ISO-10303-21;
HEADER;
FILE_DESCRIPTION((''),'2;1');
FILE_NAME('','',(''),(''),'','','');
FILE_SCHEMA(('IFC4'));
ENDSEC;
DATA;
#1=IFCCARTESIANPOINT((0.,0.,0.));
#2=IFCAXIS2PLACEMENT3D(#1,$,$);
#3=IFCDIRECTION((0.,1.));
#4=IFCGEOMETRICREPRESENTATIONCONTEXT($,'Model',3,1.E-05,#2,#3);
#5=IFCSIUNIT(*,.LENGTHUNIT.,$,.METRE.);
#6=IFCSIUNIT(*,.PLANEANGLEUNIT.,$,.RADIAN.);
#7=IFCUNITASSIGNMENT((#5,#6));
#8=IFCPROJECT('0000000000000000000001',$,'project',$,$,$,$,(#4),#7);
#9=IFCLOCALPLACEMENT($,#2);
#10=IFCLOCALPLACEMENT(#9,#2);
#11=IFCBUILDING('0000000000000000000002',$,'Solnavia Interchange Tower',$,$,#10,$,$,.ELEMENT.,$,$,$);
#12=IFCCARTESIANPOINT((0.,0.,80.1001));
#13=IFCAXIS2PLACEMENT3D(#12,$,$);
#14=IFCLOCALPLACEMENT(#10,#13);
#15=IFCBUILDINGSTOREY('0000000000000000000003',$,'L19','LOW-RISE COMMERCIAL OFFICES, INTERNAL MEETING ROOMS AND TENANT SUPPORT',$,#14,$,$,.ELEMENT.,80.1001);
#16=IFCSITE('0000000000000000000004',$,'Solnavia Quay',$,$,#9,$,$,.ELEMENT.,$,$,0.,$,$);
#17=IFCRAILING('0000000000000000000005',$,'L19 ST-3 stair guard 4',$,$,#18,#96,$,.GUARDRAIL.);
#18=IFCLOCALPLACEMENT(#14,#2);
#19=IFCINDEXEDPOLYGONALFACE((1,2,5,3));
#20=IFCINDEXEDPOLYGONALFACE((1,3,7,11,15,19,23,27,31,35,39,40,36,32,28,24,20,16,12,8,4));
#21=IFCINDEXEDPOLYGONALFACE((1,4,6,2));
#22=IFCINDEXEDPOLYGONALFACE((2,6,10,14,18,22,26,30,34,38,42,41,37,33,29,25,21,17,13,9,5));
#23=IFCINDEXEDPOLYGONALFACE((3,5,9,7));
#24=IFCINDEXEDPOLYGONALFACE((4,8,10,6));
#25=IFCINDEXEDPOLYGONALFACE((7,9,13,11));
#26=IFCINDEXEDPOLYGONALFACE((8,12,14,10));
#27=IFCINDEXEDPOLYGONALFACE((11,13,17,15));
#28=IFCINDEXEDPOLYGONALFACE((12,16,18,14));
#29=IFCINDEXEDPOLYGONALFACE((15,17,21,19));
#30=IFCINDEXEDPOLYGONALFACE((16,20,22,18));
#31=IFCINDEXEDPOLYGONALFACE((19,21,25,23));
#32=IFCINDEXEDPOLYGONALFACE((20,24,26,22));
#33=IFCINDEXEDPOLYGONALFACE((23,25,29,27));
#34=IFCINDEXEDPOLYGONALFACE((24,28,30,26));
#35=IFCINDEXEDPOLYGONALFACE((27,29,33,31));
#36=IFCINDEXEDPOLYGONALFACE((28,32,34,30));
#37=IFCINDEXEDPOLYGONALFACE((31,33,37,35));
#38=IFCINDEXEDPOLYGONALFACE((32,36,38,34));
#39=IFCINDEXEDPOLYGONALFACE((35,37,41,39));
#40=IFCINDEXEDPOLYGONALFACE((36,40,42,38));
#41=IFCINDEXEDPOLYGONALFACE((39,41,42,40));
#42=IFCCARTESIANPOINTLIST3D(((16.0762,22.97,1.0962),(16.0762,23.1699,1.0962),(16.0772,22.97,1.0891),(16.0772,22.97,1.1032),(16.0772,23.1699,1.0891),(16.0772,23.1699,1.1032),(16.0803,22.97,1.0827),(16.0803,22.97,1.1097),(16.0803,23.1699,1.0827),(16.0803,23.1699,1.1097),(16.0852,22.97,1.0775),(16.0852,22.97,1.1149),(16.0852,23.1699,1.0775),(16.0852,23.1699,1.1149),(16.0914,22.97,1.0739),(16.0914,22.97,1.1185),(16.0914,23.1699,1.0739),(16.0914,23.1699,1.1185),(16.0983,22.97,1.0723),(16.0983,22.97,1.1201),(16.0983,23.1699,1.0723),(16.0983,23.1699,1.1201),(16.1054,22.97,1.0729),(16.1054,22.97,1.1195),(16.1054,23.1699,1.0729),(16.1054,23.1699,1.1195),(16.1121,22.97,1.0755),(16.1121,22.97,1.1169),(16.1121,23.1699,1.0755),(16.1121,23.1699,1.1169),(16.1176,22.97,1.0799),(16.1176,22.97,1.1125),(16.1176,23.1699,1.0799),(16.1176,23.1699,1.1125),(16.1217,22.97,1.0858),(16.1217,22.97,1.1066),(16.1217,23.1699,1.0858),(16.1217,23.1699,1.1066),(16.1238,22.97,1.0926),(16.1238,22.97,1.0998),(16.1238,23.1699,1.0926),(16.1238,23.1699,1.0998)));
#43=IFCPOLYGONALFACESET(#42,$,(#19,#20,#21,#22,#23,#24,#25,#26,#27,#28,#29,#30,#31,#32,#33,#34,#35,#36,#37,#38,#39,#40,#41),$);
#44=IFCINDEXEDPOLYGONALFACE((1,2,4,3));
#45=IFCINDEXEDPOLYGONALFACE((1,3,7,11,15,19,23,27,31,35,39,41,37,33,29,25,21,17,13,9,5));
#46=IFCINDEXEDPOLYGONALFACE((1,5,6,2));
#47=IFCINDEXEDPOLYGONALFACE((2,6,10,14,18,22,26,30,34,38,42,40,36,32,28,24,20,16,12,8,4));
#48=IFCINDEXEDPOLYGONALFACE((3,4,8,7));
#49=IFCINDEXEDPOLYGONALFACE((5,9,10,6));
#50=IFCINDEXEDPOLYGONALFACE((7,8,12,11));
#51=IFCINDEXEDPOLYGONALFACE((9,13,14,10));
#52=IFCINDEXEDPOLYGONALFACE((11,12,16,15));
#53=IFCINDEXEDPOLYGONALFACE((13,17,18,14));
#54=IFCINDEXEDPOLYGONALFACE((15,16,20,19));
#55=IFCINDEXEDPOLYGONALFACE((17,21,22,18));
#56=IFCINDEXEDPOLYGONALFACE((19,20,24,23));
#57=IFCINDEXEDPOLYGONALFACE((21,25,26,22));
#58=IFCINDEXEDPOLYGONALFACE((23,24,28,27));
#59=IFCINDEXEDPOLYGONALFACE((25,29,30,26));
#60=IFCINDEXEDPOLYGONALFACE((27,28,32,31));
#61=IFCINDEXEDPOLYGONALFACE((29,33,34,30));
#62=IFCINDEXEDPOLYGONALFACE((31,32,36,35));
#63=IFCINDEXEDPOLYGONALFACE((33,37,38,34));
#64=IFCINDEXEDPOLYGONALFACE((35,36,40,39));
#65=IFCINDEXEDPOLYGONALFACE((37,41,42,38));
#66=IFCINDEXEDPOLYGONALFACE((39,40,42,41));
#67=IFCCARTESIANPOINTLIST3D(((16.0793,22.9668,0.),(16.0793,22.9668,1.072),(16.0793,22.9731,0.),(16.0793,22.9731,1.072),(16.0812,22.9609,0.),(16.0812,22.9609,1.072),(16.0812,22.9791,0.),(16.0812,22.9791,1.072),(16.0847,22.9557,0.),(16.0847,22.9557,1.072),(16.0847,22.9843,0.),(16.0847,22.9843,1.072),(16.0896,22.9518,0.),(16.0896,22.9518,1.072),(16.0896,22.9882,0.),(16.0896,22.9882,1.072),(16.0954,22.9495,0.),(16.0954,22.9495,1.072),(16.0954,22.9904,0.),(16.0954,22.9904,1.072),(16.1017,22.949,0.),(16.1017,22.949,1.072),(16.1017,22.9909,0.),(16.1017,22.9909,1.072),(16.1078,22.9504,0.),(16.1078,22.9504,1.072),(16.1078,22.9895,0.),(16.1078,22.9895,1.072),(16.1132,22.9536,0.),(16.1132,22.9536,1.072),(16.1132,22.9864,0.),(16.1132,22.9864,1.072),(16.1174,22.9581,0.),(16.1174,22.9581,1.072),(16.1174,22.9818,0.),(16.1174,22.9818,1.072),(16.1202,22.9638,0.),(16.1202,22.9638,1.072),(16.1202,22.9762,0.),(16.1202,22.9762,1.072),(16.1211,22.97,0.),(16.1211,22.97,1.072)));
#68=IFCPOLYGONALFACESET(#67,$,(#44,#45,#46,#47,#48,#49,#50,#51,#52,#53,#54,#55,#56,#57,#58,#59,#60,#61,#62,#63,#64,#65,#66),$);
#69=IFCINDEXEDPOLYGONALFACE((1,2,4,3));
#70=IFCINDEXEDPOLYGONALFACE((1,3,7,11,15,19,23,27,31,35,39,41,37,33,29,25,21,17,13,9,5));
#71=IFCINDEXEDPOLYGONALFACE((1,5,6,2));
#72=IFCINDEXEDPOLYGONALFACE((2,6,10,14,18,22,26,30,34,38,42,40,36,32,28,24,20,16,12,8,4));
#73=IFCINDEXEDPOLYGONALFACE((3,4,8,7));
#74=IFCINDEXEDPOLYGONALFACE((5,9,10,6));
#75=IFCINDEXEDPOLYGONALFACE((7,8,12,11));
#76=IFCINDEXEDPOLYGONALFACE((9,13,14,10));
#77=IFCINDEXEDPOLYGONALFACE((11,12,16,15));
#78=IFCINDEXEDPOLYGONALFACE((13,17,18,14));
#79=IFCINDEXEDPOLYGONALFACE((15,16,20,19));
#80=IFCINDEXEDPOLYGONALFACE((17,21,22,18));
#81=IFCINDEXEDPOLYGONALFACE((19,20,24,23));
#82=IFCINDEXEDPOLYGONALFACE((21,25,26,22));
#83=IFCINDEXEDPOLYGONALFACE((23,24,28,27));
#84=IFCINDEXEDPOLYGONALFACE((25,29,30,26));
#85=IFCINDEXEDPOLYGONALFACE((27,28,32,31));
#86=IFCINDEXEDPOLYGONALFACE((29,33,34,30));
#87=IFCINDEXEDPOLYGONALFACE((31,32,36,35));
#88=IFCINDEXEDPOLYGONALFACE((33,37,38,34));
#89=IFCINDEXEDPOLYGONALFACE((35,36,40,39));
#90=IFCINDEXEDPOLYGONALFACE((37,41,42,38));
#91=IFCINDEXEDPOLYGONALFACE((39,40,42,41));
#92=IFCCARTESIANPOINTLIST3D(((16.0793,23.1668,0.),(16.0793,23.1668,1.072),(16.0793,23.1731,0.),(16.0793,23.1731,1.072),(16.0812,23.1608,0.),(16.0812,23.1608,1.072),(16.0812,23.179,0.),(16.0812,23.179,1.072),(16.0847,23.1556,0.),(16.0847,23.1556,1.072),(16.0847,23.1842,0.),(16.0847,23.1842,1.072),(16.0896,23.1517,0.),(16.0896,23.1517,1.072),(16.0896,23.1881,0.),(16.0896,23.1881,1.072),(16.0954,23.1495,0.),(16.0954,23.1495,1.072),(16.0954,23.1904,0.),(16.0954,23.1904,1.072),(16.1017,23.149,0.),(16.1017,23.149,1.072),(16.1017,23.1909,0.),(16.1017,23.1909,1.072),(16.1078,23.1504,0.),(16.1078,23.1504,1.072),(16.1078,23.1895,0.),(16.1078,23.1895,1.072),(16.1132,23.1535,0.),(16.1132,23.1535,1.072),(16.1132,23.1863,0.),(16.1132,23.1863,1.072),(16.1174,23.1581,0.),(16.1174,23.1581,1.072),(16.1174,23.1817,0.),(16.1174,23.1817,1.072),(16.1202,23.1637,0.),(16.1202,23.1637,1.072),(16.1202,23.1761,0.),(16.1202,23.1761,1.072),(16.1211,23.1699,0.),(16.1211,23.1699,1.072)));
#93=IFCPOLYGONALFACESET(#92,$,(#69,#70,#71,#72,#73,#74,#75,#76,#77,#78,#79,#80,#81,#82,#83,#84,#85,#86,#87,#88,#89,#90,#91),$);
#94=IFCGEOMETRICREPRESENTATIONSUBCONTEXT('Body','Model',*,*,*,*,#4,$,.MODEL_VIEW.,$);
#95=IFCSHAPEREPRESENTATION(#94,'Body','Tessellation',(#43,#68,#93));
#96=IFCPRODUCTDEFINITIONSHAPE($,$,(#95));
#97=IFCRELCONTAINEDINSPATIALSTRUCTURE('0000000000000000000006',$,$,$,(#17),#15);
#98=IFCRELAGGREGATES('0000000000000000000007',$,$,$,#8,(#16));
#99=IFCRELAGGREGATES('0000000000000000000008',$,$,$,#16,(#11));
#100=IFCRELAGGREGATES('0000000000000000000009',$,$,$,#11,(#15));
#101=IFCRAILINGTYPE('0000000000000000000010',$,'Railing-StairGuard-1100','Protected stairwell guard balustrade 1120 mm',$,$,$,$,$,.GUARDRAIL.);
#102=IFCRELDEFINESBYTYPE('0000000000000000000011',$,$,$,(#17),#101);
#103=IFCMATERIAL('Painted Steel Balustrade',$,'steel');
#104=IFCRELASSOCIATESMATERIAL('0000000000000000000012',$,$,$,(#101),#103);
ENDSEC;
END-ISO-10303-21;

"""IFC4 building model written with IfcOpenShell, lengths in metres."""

from ifc_helpers import new_model, si_unit, direction, frame, origin, origin_2d, place, context, subcontext, project, spatial, circle, extrude, material, type_object, element, save


model = new_model("IFC4")

# Units and contexts
model_context = context("Model", 3, precision=1e-05, world=origin(), true_north=direction((0.0, 1.0)))
body_context = subcontext(model_context, "Body", "Model", "MODEL_VIEW")
ifc_project = project(units=[si_unit("LENGTHUNIT", "METRE"), si_unit("PLANEANGLEUNIT", "RADIAN")], contexts=[model_context])

# Site, building, storey
site_placement = place(None, origin())
site = spatial("IfcSite", under=ifc_project, at=site_placement, Name="Solnavia Quay", CompositionType="ELEMENT", RefElevation=0.0)
building_placement = place(site_placement, origin())
building = spatial("IfcBuilding", under=site, at=building_placement, Name="Solnavia Interchange Tower", CompositionType="ELEMENT")
storey_placement = place(building_placement, frame((0.0, 0.0, 80.1001)))
storey = spatial("IfcBuildingStorey", under=building, at=storey_placement, Name="L19", Description="LOW-RISE COMMERCIAL OFFICES, INTERNAL MEETING ROOMS AND TENANT SUPPORT", CompositionType="ELEMENT", Elevation=80.1001)

# Railing
ifc_material_1 = material(Name="Painted Steel Balustrade", Category="steel")
railing_type_1 = type_object("IfcRailingType", Name="Railing-StairGuard-1100", Description="Protected stairwell guard balustrade 1120 mm", PredefinedType="GUARDRAIL", material=ifc_material_1)
railing_1_placement = place(storey_placement, frame((16.1001, 22.97, 0.0)))
element("IfcRailing", 1, at=railing_1_placement, inside=storey, type_object=railing_type_1, Name="L19 ST-3 stair guard 4", PredefinedType="GUARDRAIL", context=body_context, shape_type="SweptSolid", body=[
    extrude(circle(Radius=0.0239, at=origin_2d()), frame((0.0, 0.0, 1.0962), z_axis=(0.0, 1.0, 0.0), x_axis=(-1.0, 0.0, 0.0)), (0.0, 0.0, 1.0), 0.2),
    extrude(circle(Radius=0.021, at=origin_2d()), origin(), (0.0, 0.0, 1.0), 1.072),
    extrude(circle(Radius=0.021, at=origin_2d()), frame((0.0, 0.2, 0.0)), (0.0, 0.0, 1.0), 1.072),
])

save(model, "model.ifc")
